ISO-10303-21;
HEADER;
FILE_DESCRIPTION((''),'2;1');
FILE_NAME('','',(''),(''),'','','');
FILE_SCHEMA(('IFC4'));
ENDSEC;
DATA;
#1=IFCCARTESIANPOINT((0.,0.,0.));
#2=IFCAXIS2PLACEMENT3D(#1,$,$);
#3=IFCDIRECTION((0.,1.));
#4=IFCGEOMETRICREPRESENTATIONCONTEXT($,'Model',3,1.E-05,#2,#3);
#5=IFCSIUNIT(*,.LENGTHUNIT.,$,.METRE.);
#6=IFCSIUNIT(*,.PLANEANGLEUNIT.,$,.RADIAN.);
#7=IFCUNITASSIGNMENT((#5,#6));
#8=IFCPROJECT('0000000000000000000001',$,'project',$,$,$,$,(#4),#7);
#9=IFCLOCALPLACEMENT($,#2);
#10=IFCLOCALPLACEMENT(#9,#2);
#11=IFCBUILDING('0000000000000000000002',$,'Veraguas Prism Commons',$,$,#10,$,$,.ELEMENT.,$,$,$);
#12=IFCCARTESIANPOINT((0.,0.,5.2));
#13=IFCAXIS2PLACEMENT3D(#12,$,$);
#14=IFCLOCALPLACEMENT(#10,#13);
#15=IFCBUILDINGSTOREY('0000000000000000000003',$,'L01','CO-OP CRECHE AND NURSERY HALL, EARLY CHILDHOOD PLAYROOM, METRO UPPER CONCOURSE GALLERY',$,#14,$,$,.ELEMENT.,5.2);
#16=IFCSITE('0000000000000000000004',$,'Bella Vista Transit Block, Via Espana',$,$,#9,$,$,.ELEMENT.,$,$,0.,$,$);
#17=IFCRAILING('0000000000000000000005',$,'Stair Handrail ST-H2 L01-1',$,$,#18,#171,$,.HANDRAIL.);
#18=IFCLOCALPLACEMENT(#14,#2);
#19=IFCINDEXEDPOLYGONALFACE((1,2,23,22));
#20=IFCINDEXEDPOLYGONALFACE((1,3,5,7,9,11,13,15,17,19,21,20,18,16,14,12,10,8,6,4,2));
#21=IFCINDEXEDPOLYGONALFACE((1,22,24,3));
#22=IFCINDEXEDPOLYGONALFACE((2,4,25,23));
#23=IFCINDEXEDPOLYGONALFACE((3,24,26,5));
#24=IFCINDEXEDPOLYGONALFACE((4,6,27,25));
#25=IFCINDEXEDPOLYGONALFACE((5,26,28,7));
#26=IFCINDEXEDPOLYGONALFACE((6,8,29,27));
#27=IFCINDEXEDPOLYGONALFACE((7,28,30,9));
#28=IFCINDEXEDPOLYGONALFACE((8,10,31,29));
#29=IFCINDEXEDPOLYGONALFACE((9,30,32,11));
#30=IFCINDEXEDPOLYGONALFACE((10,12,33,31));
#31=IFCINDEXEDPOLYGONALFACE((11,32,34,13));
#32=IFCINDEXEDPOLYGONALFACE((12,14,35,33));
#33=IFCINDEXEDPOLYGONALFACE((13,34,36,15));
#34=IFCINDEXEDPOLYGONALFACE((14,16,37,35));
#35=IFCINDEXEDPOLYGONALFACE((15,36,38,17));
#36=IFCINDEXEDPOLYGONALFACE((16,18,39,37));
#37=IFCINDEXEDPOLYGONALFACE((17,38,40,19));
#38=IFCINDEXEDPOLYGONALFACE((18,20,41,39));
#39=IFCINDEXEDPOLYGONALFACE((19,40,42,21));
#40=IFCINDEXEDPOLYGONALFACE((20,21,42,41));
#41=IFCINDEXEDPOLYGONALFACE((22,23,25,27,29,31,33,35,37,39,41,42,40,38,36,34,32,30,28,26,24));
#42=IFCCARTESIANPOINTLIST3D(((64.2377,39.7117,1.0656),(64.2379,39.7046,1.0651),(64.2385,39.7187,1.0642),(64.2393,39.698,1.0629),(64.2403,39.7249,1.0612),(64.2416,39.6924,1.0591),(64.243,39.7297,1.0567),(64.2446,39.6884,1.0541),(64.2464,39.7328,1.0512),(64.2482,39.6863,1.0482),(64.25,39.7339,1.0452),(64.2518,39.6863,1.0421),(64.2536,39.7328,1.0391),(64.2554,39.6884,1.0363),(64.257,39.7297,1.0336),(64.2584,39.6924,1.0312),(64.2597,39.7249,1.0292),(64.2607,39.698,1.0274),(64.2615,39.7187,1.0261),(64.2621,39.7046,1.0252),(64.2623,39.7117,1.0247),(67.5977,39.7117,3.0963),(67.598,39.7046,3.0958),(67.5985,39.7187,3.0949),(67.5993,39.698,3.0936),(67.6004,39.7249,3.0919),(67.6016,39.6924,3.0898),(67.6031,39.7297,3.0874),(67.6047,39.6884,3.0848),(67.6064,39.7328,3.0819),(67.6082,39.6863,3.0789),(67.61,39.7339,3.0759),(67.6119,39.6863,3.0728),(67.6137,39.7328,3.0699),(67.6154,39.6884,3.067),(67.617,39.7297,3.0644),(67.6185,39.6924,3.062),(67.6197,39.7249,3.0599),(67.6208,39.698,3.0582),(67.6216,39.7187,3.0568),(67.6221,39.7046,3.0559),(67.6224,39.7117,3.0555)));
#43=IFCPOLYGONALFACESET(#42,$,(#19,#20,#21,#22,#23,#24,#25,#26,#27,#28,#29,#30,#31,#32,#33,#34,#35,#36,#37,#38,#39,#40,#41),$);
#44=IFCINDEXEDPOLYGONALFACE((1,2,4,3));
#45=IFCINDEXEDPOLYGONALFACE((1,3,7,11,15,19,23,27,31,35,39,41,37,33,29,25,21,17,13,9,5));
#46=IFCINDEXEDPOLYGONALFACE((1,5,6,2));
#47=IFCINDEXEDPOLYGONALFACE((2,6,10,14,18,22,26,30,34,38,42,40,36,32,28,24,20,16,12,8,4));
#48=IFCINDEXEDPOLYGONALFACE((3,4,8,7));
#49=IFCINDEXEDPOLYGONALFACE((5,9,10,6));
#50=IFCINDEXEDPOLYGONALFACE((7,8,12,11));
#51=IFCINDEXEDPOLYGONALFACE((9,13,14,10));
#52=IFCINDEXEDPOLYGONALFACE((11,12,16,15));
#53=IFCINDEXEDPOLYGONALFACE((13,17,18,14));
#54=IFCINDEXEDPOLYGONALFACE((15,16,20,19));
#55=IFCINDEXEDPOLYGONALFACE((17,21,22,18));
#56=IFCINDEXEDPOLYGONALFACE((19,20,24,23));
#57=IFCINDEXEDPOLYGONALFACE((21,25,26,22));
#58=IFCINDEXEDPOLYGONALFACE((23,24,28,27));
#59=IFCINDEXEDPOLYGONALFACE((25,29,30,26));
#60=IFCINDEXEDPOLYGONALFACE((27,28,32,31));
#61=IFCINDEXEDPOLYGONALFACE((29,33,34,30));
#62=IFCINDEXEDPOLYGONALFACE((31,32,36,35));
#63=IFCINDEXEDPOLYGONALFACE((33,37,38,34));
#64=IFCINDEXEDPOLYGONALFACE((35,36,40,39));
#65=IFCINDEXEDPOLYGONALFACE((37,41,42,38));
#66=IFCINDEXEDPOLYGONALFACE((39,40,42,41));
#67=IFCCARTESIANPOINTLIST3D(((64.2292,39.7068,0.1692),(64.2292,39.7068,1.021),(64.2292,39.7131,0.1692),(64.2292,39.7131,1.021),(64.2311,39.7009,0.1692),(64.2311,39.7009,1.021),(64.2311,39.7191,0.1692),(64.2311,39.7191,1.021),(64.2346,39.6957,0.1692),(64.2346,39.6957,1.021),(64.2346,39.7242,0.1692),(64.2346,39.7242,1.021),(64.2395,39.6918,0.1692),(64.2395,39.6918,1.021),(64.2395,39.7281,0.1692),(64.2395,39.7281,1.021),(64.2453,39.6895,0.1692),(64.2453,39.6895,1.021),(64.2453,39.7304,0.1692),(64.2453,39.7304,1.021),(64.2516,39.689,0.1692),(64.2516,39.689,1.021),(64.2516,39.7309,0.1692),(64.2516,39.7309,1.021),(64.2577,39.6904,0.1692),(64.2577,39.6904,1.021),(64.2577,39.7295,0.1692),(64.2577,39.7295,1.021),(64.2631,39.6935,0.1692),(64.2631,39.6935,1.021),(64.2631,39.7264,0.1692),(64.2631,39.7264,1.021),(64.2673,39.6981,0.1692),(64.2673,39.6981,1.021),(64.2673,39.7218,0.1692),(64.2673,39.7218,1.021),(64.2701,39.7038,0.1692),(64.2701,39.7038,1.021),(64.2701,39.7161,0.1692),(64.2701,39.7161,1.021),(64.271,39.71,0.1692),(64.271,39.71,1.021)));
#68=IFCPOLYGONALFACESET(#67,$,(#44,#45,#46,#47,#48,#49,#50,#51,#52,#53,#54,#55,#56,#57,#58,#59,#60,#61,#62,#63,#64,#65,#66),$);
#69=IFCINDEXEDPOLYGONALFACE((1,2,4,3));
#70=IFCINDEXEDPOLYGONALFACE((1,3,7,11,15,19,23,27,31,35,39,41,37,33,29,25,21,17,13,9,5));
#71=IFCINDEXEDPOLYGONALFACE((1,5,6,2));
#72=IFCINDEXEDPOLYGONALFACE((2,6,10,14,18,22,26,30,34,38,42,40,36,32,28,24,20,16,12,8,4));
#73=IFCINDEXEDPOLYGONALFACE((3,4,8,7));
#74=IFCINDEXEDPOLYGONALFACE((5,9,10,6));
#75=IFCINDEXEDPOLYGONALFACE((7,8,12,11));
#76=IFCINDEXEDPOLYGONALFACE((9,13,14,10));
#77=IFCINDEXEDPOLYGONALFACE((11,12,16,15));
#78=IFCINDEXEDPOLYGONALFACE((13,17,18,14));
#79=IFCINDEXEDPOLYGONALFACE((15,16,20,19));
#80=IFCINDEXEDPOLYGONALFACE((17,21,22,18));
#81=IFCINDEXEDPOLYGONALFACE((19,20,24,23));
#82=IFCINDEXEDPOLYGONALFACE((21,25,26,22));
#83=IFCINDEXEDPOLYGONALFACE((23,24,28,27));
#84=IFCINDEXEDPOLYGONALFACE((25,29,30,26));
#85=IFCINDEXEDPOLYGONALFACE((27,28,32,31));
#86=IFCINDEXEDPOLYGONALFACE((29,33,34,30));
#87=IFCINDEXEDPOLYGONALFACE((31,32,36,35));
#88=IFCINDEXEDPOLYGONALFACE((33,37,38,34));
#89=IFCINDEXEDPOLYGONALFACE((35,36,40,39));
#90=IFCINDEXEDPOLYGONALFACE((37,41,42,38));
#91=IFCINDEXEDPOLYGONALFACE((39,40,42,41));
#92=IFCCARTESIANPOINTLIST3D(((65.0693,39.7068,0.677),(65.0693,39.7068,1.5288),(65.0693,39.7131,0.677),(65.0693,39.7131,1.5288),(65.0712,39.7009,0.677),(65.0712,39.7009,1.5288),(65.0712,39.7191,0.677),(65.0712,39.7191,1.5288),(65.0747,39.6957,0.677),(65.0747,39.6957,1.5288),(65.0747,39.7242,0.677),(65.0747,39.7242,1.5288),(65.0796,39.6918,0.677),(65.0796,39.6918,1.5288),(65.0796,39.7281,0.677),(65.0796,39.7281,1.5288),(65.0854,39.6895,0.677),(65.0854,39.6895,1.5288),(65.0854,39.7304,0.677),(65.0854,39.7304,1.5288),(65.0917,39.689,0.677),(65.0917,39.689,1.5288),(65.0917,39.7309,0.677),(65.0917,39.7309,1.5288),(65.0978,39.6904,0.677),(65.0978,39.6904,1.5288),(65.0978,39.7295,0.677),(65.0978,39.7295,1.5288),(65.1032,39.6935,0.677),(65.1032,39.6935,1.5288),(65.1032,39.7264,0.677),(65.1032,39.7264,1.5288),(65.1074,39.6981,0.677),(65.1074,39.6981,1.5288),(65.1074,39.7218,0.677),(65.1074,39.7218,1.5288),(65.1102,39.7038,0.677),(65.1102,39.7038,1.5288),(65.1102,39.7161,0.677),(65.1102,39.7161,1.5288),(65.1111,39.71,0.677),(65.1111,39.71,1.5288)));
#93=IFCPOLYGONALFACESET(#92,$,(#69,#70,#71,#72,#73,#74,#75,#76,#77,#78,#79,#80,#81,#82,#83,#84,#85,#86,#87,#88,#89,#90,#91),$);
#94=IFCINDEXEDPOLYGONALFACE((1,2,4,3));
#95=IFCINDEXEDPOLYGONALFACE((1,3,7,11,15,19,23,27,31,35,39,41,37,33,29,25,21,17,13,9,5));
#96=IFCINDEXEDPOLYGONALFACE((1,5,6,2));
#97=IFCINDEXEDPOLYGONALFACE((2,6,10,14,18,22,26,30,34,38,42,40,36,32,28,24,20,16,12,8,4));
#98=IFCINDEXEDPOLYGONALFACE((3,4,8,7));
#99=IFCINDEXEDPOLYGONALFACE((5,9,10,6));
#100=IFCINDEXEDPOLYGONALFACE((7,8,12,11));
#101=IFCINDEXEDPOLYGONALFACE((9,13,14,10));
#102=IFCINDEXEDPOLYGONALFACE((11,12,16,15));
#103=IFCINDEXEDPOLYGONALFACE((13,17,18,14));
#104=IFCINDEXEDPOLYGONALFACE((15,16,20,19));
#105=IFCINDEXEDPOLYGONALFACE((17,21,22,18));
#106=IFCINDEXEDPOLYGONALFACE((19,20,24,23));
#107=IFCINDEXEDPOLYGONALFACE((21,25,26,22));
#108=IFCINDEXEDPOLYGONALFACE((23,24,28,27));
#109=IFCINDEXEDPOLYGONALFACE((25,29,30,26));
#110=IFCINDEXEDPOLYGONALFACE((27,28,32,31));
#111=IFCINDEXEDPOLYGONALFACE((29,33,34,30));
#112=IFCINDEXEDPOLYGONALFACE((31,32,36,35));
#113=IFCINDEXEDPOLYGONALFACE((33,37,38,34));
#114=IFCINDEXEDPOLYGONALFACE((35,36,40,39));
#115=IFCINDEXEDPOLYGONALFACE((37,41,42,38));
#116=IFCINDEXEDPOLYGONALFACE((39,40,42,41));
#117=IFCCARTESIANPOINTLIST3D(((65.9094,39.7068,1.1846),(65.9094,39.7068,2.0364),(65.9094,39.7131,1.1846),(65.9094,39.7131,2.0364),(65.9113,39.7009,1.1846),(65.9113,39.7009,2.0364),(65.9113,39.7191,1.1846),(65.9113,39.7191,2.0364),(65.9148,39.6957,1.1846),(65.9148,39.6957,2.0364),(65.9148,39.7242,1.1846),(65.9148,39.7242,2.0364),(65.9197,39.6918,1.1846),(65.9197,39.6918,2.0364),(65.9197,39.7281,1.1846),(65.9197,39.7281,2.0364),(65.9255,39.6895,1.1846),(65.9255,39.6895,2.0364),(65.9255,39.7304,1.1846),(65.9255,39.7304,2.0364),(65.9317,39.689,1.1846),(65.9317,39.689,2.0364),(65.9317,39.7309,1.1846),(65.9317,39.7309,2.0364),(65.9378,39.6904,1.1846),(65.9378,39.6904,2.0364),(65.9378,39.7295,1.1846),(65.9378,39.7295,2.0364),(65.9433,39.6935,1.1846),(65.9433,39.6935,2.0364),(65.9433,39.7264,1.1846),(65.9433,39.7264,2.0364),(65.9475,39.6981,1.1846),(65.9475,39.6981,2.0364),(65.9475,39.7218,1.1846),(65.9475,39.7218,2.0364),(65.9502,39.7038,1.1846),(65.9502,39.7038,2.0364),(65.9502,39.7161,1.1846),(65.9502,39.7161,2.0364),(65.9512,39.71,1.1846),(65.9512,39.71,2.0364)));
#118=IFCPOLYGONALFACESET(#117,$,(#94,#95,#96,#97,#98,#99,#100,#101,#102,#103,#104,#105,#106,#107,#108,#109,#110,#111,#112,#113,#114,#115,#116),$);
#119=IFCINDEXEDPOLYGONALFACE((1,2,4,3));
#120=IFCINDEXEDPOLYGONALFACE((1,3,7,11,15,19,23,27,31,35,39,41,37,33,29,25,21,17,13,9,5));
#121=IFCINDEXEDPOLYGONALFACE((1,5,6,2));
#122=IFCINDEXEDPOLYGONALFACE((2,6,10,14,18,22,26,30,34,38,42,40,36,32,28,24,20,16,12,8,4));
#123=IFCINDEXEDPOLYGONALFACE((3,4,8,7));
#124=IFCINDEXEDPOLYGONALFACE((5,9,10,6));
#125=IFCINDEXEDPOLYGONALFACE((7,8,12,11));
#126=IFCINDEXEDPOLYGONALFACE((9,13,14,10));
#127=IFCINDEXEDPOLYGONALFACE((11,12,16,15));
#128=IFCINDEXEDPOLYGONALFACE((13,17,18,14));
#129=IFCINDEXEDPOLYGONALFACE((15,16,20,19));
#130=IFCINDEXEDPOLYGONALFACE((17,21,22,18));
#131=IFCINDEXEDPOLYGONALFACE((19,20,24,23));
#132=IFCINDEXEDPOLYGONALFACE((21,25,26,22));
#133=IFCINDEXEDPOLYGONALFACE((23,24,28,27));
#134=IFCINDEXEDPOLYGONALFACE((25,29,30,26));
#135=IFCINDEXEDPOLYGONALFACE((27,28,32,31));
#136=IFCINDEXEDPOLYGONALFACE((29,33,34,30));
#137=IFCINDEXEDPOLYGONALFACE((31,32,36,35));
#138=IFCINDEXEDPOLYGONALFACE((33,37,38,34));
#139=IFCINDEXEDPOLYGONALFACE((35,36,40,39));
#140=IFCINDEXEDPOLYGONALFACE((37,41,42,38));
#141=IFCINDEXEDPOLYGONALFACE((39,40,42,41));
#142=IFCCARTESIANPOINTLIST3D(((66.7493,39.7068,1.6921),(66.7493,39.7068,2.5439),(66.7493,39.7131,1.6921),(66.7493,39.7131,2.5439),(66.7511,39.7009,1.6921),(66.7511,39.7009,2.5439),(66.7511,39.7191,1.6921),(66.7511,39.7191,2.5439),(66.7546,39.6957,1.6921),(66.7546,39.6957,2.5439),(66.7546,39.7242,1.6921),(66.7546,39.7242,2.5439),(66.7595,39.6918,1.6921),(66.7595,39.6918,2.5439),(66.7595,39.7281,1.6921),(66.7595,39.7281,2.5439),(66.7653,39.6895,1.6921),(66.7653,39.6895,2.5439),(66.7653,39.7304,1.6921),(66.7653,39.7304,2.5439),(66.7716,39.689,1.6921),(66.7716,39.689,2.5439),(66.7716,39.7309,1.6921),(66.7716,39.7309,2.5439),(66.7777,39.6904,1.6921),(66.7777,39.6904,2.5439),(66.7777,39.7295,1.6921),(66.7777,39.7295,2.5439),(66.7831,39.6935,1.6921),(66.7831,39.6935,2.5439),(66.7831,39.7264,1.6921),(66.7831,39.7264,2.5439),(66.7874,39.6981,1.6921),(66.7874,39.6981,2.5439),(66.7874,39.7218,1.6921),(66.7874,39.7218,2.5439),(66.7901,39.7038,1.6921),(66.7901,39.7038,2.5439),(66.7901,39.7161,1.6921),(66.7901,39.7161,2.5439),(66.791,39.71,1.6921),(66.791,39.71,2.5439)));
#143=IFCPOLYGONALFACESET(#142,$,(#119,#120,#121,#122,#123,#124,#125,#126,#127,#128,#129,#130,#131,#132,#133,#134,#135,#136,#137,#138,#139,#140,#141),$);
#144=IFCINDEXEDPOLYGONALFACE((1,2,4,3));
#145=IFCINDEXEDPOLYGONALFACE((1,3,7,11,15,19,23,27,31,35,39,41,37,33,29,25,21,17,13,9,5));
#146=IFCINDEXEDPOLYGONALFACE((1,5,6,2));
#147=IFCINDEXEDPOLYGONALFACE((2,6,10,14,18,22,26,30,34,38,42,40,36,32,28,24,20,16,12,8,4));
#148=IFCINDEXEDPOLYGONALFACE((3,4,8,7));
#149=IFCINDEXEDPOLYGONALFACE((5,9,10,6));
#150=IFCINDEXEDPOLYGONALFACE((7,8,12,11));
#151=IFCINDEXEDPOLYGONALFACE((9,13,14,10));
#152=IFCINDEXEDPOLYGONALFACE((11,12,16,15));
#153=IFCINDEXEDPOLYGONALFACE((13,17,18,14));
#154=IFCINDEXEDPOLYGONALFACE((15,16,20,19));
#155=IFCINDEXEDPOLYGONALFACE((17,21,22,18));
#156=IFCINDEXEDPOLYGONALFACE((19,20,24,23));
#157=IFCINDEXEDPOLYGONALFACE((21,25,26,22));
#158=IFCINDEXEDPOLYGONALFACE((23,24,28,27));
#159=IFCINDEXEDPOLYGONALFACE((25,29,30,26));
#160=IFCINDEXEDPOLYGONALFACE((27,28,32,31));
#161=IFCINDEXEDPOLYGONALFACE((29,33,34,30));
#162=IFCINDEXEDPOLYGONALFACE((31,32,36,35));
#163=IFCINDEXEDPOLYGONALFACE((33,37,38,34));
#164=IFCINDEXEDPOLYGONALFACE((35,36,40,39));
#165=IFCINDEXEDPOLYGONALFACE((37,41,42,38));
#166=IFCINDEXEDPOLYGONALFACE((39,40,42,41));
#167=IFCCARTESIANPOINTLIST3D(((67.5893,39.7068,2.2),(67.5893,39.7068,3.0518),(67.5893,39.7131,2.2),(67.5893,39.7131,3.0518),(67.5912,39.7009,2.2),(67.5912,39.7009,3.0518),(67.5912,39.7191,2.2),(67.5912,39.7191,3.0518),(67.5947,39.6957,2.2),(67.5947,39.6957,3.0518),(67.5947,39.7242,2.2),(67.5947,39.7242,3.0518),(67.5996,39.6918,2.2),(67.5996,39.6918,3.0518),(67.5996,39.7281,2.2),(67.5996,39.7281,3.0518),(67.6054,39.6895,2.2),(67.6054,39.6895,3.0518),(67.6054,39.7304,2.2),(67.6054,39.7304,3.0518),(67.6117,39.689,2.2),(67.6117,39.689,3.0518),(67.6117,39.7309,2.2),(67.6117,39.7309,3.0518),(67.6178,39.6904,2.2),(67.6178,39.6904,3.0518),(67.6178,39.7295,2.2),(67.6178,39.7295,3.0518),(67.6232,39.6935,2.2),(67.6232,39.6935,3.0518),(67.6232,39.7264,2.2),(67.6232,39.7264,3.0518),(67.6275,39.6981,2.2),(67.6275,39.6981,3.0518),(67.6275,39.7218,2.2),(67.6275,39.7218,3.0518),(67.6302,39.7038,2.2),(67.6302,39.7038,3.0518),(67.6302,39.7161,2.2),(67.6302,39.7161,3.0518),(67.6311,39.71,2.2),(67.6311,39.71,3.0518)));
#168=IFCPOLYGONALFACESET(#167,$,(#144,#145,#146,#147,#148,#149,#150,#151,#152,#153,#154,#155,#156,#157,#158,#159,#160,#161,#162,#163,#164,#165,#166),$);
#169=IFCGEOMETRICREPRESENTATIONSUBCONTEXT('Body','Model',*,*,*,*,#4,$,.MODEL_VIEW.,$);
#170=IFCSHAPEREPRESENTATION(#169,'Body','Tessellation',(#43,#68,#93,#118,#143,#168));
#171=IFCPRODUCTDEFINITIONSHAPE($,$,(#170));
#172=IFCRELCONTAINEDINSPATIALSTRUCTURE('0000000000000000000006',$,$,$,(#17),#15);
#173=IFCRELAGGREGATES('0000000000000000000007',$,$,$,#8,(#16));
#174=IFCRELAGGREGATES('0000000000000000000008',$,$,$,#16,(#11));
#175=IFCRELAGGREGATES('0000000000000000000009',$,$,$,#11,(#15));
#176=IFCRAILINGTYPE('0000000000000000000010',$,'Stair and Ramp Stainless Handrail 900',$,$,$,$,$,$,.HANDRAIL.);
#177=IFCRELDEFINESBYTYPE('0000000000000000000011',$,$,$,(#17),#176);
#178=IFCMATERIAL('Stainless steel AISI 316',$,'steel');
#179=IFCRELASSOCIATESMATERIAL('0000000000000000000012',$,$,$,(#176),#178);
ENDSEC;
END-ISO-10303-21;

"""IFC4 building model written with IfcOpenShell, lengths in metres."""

from ifc_helpers import new_model, si_unit, direction, frame, origin, origin_2d, place, context, subcontext, project, spatial, circle, extrude, material, type_object, element, save


model = new_model("IFC4")

# Units and contexts
model_context = context("Model", 3, precision=1e-05, world=origin(), true_north=direction((0.0, 1.0)))
body_context = subcontext(model_context, "Body", "Model", "MODEL_VIEW")
ifc_project = project(units=[si_unit("LENGTHUNIT", "METRE"), si_unit("PLANEANGLEUNIT", "RADIAN")], contexts=[model_context])

# Site, building, storey
site_placement = place(None, origin())
site = spatial("IfcSite", under=ifc_project, at=site_placement, Name="Bella Vista Transit Block, Via Espana", CompositionType="ELEMENT", RefElevation=0.0)
building_placement = place(site_placement, origin())
building = spatial("IfcBuilding", under=site, at=building_placement, Name="Veraguas Prism Commons", CompositionType="ELEMENT")
storey_placement = place(building_placement, frame((0.0, 0.0, 5.2)))
storey = spatial("IfcBuildingStorey", under=building, at=storey_placement, Name="L01", Description="CO-OP CRECHE AND NURSERY HALL, EARLY CHILDHOOD PLAYROOM, METRO UPPER CONCOURSE GALLERY", CompositionType="ELEMENT", Elevation=5.2)

# Railing
ifc_material_1 = material(Name="Stainless steel AISI 316", Category="steel")
railing_type_1 = type_object("IfcRailingType", Name="Stair and Ramp Stainless Handrail 900", PredefinedType="HANDRAIL", material=ifc_material_1)
railing_1_placement = place(storey_placement, frame((64.25, 39.71, 0.1692)))
element("IfcRailing", 1, at=railing_1_placement, inside=storey, type_object=railing_type_1, Name="Stair Handrail ST-H2 L01-1", PredefinedType="HANDRAIL", context=body_context, shape_type="SweptSolid", body=[
    extrude(circle(Radius=0.0239, at=origin_2d()), frame((0.0, 0.0, 0.876), z_axis=(0.855837, 0.0, 0.517246), x_axis=(0.0, 1.0, 0.0)), (0.0, 0.0, 1.0), 3.926),
    extrude(circle(Radius=0.021, at=origin_2d()), origin(), (0.0, 0.0, 1.0), 0.8518),
    extrude(circle(Radius=0.021, at=origin_2d()), frame((0.8401, 0.0, 0.5078)), (0.0, 0.0, 1.0), 0.8518),
    extrude(circle(Radius=0.021, at=origin_2d()), frame((1.6802, 0.0, 1.0154)), (0.0, 0.0, 1.0), 0.8518),
    extrude(circle(Radius=0.021, at=origin_2d()), frame((2.52, 0.0, 1.5229)), (0.0, 0.0, 1.0), 0.8518),
    extrude(circle(Radius=0.021, at=origin_2d()), frame((3.3601, 0.0, 2.0308)), (0.0, 0.0, 1.0), 0.8518),
])

save(model, "model.ifc")
